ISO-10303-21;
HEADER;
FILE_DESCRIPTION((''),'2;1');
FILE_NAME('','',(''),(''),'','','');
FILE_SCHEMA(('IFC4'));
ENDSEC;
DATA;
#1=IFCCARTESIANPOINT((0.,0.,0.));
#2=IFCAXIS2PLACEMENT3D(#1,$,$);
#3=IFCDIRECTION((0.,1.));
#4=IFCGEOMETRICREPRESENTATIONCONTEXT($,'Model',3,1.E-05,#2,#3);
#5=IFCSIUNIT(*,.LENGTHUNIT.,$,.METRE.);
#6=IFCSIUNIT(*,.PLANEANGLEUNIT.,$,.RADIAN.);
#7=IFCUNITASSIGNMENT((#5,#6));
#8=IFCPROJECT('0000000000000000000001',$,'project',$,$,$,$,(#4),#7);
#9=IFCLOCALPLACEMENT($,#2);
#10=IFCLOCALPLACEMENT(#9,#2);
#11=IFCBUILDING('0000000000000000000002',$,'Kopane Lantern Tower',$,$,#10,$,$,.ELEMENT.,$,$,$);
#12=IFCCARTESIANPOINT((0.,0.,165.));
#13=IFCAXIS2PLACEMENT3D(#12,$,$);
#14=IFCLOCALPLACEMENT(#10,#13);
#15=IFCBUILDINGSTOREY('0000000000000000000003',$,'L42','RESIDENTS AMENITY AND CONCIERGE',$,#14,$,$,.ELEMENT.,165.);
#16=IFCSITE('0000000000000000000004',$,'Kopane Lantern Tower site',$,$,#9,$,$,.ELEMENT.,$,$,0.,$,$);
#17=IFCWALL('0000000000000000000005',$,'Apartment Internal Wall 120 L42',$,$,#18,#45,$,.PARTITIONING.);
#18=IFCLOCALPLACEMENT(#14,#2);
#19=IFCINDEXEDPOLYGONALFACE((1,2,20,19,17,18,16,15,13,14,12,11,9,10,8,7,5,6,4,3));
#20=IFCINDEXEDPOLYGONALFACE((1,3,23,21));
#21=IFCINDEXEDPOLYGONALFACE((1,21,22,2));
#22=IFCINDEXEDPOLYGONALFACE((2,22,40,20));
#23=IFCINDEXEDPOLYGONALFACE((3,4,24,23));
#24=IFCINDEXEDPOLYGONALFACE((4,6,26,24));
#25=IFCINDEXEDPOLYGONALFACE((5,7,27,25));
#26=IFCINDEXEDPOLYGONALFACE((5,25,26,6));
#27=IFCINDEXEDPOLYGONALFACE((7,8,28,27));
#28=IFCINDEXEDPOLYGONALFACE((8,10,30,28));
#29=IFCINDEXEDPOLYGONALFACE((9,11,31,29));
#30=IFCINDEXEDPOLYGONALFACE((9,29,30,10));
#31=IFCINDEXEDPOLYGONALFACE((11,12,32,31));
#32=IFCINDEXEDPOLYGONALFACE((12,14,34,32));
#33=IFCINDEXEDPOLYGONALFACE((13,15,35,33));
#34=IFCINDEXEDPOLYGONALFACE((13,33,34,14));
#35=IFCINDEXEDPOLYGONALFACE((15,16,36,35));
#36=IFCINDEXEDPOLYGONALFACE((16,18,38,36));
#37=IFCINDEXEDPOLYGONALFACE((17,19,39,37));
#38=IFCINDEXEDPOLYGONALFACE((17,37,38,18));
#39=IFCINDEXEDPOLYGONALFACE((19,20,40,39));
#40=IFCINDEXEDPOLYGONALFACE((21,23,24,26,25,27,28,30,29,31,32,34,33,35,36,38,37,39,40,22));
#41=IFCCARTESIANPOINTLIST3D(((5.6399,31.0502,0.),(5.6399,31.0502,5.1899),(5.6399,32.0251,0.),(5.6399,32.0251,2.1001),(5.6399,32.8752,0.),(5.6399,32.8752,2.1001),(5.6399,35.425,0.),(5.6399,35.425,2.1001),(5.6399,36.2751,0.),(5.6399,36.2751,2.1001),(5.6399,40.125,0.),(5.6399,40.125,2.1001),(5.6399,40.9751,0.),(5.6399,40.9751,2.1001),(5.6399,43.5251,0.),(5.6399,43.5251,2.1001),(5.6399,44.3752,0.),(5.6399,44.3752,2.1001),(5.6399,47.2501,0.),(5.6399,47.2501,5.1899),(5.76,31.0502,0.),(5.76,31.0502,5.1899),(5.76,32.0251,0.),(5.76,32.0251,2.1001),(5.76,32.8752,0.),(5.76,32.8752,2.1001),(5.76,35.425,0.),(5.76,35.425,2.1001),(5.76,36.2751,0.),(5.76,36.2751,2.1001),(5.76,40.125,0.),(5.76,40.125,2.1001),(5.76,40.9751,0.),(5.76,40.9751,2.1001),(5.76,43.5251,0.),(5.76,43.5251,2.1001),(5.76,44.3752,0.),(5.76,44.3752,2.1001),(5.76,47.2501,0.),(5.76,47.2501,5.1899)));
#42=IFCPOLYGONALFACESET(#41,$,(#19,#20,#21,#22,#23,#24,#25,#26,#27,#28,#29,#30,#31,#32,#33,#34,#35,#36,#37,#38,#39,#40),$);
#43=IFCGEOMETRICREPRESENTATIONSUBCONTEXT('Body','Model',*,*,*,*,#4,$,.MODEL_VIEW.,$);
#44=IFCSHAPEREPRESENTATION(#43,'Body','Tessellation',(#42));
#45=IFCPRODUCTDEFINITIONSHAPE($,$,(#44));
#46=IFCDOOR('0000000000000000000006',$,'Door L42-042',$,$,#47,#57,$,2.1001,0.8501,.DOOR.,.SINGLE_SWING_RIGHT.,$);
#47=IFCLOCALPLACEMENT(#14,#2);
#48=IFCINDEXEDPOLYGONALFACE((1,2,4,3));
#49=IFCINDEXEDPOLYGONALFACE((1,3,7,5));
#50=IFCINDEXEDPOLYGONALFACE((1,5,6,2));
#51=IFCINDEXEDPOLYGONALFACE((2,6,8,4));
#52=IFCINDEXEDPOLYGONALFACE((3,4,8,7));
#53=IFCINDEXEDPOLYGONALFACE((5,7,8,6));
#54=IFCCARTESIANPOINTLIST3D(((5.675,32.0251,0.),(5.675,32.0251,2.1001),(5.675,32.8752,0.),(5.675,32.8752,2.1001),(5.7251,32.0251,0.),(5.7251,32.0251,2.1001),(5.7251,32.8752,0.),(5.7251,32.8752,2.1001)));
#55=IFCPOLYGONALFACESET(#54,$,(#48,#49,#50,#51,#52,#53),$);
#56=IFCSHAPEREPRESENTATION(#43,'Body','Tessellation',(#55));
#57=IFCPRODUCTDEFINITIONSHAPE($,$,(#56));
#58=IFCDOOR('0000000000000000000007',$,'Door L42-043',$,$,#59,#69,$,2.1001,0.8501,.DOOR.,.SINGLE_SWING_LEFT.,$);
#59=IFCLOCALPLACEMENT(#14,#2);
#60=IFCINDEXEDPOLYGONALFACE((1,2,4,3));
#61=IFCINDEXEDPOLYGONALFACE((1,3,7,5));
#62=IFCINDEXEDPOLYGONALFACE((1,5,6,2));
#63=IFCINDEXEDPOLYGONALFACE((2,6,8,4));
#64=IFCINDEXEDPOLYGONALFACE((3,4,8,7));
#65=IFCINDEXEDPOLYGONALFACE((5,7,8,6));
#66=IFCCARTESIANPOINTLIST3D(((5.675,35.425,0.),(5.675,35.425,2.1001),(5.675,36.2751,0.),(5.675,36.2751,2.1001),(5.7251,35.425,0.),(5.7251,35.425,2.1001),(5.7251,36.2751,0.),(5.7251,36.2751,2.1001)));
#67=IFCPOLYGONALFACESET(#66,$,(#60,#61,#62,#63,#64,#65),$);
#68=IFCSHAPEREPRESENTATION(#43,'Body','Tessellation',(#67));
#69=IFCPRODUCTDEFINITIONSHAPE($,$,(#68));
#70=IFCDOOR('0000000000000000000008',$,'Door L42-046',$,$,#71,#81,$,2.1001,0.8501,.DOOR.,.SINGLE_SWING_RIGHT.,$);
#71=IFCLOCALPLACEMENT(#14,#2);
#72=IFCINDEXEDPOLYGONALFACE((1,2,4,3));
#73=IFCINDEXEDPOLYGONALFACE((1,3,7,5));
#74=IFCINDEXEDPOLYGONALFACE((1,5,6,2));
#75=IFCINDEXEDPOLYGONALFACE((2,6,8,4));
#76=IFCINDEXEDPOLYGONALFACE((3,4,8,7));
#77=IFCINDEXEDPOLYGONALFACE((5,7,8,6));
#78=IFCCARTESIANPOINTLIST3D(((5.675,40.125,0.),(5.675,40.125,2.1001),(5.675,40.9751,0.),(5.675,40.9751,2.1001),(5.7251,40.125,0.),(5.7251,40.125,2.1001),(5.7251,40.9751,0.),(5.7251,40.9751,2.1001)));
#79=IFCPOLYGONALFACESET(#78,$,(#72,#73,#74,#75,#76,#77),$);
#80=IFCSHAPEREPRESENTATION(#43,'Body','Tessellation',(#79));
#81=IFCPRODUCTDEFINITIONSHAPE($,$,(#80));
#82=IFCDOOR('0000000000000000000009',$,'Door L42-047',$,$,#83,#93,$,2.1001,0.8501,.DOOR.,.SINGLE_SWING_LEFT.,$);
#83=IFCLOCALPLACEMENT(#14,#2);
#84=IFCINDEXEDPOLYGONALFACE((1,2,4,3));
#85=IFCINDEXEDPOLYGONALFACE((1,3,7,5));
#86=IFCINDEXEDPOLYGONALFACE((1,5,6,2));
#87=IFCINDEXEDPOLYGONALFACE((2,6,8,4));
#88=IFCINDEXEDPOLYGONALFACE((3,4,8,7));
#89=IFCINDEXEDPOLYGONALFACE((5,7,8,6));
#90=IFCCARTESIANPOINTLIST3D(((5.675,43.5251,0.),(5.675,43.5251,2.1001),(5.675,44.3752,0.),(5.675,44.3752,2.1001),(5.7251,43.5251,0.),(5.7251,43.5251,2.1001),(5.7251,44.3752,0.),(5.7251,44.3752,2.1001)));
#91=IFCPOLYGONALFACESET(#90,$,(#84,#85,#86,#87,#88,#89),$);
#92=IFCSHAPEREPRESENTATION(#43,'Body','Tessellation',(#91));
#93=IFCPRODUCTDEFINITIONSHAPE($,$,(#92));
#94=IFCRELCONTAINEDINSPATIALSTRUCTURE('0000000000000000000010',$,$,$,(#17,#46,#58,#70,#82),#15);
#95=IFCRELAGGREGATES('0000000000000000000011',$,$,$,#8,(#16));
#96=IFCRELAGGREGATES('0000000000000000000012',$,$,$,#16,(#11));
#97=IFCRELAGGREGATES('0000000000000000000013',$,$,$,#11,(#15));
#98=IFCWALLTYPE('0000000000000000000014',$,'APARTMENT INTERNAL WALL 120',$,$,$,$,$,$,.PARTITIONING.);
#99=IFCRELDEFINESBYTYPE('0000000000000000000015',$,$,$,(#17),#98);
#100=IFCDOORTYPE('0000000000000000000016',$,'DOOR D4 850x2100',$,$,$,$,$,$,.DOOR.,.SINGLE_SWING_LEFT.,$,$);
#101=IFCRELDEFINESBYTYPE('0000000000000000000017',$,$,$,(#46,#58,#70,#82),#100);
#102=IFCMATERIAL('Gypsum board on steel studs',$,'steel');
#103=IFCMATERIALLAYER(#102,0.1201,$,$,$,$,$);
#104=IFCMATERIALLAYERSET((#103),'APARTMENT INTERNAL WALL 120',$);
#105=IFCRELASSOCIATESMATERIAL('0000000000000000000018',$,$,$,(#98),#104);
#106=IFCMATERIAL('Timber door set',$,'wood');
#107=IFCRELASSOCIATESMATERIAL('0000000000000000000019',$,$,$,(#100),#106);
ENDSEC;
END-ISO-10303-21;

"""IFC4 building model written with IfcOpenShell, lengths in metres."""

from ifc_helpers import new_model, si_unit, direction, frame, frame_2d, origin, place, context, subcontext, project, spatial, rectangle, extrude, material, layer, layer_set, type_object, element, fill, save


model = new_model("IFC4")

# Units and contexts
model_context = context("Model", 3, precision=1e-05, world=origin(), true_north=direction((0.0, 1.0)))
body_context = subcontext(model_context, "Body", "Model", "MODEL_VIEW")
ifc_project = project(units=[si_unit("LENGTHUNIT", "METRE"), si_unit("PLANEANGLEUNIT", "RADIAN")], contexts=[model_context])

# Site, building, storey
site_placement = place(None, origin())
site = spatial("IfcSite", under=ifc_project, at=site_placement, Name="Kopane Lantern Tower site", CompositionType="ELEMENT", RefElevation=0.0)
building_placement = place(site_placement, origin())
building = spatial("IfcBuilding", under=site, at=building_placement, Name="Kopane Lantern Tower", CompositionType="ELEMENT")
storey_placement = place(building_placement, frame((0.0, 0.0, 165.0)))
storey = spatial("IfcBuildingStorey", under=building, at=storey_placement, Name="L42", Description="RESIDENTS AMENITY AND CONCIERGE", CompositionType="ELEMENT", Elevation=165.0)

# Wall, openings, doors
ifc_material_1 = material(Name="Gypsum board on steel studs", Category="steel")
ifc_layer_1 = layer(ifc_material_1, 0.1201)
ifc_layer_set_1 = layer_set([ifc_layer_1], Name="APARTMENT INTERNAL WALL 120")
wall_type = type_object("IfcWallType", Name="APARTMENT INTERNAL WALL 120", PredefinedType="PARTITIONING", material=ifc_layer_set_1)
wall_placement = place(storey_placement, frame((5.7, 31.05, 0.0), z_axis=(0.0, 0.0, 1.0), x_axis=(0.0, 1.0, 0.0)))
wall = element("IfcWall", 1, at=wall_placement, inside=storey, type_object=wall_type, Name="Apartment Internal Wall 120 L42", PredefinedType="PARTITIONING", context=body_context, shape_type="SweptSolid", body=[
    extrude(rectangle(XDim=16.2, YDim=0.1201, at=frame_2d((8.1001, 0.0))), origin(), (0.0, 0.0, 1.0), 5.1899),
])
opening_1_placement = place(wall_placement, frame((0.9751, 0.0, 0.0)))
opening_1 = element("IfcOpeningElement", 2, at=opening_1_placement, cuts=wall, PredefinedType="OPENING", context=body_context, shape_type="SweptSolid", body=[
    extrude(rectangle(XDim=0.8501, YDim=2.1001, at=frame_2d((0.425, 1.05))), frame((0.0, 0.0701, 0.0), z_axis=(0.0, -1.0, 0.0), x_axis=(1.0, 0.0, 0.0)), (0.0, 0.0, 1.0), 0.1401),
])
opening_2_placement = place(wall_placement, frame((4.375, 0.0, 0.0)))
opening_2 = element("IfcOpeningElement", 3, at=opening_2_placement, cuts=wall, PredefinedType="OPENING", context=body_context, shape_type="SweptSolid", body=[
    extrude(rectangle(XDim=0.8501, YDim=2.1001, at=frame_2d((0.425, 1.05))), frame((0.0, 0.0701, 0.0), z_axis=(0.0, -1.0, 0.0), x_axis=(1.0, 0.0, 0.0)), (0.0, 0.0, 1.0), 0.1401),
])
opening_3_placement = place(wall_placement, frame((9.075, 0.0, 0.0)))
opening_3 = element("IfcOpeningElement", 4, at=opening_3_placement, cuts=wall, PredefinedType="OPENING", context=body_context, shape_type="SweptSolid", body=[
    extrude(rectangle(XDim=0.8501, YDim=2.1001, at=frame_2d((0.425, 1.05))), frame((0.0, 0.0701, 0.0), z_axis=(0.0, -1.0, 0.0), x_axis=(1.0, 0.0, 0.0)), (0.0, 0.0, 1.0), 0.1401),
])
opening_4_placement = place(wall_placement, frame((12.4751, 0.0, 0.0)))
opening_4 = element("IfcOpeningElement", 5, at=opening_4_placement, cuts=wall, PredefinedType="OPENING", context=body_context, shape_type="SweptSolid", body=[
    extrude(rectangle(XDim=0.8501, YDim=2.1001, at=frame_2d((0.425, 1.05))), frame((0.0, 0.0701, 0.0), z_axis=(0.0, -1.0, 0.0), x_axis=(1.0, 0.0, 0.0)), (0.0, 0.0, 1.0), 0.1401),
])
ifc_material_2 = material(Name="Timber door set", Category="wood")
door_type = type_object("IfcDoorType", Name="DOOR D4 850x2100", OperationType="SINGLE_SWING_LEFT", PredefinedType="DOOR", material=ifc_material_2)
door_1_placement = place(opening_1_placement, origin())
door_1 = element("IfcDoor", 6, at=door_1_placement, inside=storey, type_object=door_type, Name="Door L42-042", OperationType="SINGLE_SWING_RIGHT", OverallHeight=2.1001, OverallWidth=0.8501, PredefinedType="DOOR", context=body_context, shape_type="SweptSolid", body=[
    extrude(rectangle(XDim=0.8501, YDim=2.1001, at=frame_2d((0.425, 1.05))), frame((0.0, 0.0249, 0.0), z_axis=(0.0, -1.0, 0.0), x_axis=(1.0, 0.0, 0.0)), (0.0, 0.0, 1.0), 0.05),
])
fill(opening_1, door_1)
door_2_placement = place(opening_2_placement, origin())
door_2 = element("IfcDoor", 7, at=door_2_placement, inside=storey, type_object=door_type, Name="Door L42-043", OperationType="SINGLE_SWING_LEFT", OverallHeight=2.1001, OverallWidth=0.8501, PredefinedType="DOOR", context=body_context, shape_type="SweptSolid", body=[
    extrude(rectangle(XDim=0.8501, YDim=2.1001, at=frame_2d((0.425, 1.05))), frame((0.0, 0.0249, 0.0), z_axis=(0.0, -1.0, 0.0), x_axis=(1.0, 0.0, 0.0)), (0.0, 0.0, 1.0), 0.05),
])
fill(opening_2, door_2)
door_3_placement = place(opening_3_placement, origin())
door_3 = element("IfcDoor", 8, at=door_3_placement, inside=storey, type_object=door_type, Name="Door L42-046", OperationType="SINGLE_SWING_RIGHT", OverallHeight=2.1001, OverallWidth=0.8501, PredefinedType="DOOR", context=body_context, shape_type="SweptSolid", body=[
    extrude(rectangle(XDim=0.8501, YDim=2.1001, at=frame_2d((0.425, 1.05))), frame((0.0, 0.0249, 0.0), z_axis=(0.0, -1.0, 0.0), x_axis=(1.0, 0.0, 0.0)), (0.0, 0.0, 1.0), 0.05),
])
fill(opening_3, door_3)
door_4_placement = place(opening_4_placement, origin())
door_4 = element("IfcDoor", 9, at=door_4_placement, inside=storey, type_object=door_type, Name="Door L42-047", OperationType="SINGLE_SWING_LEFT", OverallHeight=2.1001, OverallWidth=0.8501, PredefinedType="DOOR", context=body_context, shape_type="SweptSolid", body=[
    extrude(rectangle(XDim=0.8501, YDim=2.1001, at=frame_2d((0.425, 1.05))), frame((0.0, 0.0249, 0.0), z_axis=(0.0, -1.0, 0.0), x_axis=(1.0, 0.0, 0.0)), (0.0, 0.0, 1.0), 0.05),
])
fill(opening_4, door_4)

save(model, "model.ifc")
